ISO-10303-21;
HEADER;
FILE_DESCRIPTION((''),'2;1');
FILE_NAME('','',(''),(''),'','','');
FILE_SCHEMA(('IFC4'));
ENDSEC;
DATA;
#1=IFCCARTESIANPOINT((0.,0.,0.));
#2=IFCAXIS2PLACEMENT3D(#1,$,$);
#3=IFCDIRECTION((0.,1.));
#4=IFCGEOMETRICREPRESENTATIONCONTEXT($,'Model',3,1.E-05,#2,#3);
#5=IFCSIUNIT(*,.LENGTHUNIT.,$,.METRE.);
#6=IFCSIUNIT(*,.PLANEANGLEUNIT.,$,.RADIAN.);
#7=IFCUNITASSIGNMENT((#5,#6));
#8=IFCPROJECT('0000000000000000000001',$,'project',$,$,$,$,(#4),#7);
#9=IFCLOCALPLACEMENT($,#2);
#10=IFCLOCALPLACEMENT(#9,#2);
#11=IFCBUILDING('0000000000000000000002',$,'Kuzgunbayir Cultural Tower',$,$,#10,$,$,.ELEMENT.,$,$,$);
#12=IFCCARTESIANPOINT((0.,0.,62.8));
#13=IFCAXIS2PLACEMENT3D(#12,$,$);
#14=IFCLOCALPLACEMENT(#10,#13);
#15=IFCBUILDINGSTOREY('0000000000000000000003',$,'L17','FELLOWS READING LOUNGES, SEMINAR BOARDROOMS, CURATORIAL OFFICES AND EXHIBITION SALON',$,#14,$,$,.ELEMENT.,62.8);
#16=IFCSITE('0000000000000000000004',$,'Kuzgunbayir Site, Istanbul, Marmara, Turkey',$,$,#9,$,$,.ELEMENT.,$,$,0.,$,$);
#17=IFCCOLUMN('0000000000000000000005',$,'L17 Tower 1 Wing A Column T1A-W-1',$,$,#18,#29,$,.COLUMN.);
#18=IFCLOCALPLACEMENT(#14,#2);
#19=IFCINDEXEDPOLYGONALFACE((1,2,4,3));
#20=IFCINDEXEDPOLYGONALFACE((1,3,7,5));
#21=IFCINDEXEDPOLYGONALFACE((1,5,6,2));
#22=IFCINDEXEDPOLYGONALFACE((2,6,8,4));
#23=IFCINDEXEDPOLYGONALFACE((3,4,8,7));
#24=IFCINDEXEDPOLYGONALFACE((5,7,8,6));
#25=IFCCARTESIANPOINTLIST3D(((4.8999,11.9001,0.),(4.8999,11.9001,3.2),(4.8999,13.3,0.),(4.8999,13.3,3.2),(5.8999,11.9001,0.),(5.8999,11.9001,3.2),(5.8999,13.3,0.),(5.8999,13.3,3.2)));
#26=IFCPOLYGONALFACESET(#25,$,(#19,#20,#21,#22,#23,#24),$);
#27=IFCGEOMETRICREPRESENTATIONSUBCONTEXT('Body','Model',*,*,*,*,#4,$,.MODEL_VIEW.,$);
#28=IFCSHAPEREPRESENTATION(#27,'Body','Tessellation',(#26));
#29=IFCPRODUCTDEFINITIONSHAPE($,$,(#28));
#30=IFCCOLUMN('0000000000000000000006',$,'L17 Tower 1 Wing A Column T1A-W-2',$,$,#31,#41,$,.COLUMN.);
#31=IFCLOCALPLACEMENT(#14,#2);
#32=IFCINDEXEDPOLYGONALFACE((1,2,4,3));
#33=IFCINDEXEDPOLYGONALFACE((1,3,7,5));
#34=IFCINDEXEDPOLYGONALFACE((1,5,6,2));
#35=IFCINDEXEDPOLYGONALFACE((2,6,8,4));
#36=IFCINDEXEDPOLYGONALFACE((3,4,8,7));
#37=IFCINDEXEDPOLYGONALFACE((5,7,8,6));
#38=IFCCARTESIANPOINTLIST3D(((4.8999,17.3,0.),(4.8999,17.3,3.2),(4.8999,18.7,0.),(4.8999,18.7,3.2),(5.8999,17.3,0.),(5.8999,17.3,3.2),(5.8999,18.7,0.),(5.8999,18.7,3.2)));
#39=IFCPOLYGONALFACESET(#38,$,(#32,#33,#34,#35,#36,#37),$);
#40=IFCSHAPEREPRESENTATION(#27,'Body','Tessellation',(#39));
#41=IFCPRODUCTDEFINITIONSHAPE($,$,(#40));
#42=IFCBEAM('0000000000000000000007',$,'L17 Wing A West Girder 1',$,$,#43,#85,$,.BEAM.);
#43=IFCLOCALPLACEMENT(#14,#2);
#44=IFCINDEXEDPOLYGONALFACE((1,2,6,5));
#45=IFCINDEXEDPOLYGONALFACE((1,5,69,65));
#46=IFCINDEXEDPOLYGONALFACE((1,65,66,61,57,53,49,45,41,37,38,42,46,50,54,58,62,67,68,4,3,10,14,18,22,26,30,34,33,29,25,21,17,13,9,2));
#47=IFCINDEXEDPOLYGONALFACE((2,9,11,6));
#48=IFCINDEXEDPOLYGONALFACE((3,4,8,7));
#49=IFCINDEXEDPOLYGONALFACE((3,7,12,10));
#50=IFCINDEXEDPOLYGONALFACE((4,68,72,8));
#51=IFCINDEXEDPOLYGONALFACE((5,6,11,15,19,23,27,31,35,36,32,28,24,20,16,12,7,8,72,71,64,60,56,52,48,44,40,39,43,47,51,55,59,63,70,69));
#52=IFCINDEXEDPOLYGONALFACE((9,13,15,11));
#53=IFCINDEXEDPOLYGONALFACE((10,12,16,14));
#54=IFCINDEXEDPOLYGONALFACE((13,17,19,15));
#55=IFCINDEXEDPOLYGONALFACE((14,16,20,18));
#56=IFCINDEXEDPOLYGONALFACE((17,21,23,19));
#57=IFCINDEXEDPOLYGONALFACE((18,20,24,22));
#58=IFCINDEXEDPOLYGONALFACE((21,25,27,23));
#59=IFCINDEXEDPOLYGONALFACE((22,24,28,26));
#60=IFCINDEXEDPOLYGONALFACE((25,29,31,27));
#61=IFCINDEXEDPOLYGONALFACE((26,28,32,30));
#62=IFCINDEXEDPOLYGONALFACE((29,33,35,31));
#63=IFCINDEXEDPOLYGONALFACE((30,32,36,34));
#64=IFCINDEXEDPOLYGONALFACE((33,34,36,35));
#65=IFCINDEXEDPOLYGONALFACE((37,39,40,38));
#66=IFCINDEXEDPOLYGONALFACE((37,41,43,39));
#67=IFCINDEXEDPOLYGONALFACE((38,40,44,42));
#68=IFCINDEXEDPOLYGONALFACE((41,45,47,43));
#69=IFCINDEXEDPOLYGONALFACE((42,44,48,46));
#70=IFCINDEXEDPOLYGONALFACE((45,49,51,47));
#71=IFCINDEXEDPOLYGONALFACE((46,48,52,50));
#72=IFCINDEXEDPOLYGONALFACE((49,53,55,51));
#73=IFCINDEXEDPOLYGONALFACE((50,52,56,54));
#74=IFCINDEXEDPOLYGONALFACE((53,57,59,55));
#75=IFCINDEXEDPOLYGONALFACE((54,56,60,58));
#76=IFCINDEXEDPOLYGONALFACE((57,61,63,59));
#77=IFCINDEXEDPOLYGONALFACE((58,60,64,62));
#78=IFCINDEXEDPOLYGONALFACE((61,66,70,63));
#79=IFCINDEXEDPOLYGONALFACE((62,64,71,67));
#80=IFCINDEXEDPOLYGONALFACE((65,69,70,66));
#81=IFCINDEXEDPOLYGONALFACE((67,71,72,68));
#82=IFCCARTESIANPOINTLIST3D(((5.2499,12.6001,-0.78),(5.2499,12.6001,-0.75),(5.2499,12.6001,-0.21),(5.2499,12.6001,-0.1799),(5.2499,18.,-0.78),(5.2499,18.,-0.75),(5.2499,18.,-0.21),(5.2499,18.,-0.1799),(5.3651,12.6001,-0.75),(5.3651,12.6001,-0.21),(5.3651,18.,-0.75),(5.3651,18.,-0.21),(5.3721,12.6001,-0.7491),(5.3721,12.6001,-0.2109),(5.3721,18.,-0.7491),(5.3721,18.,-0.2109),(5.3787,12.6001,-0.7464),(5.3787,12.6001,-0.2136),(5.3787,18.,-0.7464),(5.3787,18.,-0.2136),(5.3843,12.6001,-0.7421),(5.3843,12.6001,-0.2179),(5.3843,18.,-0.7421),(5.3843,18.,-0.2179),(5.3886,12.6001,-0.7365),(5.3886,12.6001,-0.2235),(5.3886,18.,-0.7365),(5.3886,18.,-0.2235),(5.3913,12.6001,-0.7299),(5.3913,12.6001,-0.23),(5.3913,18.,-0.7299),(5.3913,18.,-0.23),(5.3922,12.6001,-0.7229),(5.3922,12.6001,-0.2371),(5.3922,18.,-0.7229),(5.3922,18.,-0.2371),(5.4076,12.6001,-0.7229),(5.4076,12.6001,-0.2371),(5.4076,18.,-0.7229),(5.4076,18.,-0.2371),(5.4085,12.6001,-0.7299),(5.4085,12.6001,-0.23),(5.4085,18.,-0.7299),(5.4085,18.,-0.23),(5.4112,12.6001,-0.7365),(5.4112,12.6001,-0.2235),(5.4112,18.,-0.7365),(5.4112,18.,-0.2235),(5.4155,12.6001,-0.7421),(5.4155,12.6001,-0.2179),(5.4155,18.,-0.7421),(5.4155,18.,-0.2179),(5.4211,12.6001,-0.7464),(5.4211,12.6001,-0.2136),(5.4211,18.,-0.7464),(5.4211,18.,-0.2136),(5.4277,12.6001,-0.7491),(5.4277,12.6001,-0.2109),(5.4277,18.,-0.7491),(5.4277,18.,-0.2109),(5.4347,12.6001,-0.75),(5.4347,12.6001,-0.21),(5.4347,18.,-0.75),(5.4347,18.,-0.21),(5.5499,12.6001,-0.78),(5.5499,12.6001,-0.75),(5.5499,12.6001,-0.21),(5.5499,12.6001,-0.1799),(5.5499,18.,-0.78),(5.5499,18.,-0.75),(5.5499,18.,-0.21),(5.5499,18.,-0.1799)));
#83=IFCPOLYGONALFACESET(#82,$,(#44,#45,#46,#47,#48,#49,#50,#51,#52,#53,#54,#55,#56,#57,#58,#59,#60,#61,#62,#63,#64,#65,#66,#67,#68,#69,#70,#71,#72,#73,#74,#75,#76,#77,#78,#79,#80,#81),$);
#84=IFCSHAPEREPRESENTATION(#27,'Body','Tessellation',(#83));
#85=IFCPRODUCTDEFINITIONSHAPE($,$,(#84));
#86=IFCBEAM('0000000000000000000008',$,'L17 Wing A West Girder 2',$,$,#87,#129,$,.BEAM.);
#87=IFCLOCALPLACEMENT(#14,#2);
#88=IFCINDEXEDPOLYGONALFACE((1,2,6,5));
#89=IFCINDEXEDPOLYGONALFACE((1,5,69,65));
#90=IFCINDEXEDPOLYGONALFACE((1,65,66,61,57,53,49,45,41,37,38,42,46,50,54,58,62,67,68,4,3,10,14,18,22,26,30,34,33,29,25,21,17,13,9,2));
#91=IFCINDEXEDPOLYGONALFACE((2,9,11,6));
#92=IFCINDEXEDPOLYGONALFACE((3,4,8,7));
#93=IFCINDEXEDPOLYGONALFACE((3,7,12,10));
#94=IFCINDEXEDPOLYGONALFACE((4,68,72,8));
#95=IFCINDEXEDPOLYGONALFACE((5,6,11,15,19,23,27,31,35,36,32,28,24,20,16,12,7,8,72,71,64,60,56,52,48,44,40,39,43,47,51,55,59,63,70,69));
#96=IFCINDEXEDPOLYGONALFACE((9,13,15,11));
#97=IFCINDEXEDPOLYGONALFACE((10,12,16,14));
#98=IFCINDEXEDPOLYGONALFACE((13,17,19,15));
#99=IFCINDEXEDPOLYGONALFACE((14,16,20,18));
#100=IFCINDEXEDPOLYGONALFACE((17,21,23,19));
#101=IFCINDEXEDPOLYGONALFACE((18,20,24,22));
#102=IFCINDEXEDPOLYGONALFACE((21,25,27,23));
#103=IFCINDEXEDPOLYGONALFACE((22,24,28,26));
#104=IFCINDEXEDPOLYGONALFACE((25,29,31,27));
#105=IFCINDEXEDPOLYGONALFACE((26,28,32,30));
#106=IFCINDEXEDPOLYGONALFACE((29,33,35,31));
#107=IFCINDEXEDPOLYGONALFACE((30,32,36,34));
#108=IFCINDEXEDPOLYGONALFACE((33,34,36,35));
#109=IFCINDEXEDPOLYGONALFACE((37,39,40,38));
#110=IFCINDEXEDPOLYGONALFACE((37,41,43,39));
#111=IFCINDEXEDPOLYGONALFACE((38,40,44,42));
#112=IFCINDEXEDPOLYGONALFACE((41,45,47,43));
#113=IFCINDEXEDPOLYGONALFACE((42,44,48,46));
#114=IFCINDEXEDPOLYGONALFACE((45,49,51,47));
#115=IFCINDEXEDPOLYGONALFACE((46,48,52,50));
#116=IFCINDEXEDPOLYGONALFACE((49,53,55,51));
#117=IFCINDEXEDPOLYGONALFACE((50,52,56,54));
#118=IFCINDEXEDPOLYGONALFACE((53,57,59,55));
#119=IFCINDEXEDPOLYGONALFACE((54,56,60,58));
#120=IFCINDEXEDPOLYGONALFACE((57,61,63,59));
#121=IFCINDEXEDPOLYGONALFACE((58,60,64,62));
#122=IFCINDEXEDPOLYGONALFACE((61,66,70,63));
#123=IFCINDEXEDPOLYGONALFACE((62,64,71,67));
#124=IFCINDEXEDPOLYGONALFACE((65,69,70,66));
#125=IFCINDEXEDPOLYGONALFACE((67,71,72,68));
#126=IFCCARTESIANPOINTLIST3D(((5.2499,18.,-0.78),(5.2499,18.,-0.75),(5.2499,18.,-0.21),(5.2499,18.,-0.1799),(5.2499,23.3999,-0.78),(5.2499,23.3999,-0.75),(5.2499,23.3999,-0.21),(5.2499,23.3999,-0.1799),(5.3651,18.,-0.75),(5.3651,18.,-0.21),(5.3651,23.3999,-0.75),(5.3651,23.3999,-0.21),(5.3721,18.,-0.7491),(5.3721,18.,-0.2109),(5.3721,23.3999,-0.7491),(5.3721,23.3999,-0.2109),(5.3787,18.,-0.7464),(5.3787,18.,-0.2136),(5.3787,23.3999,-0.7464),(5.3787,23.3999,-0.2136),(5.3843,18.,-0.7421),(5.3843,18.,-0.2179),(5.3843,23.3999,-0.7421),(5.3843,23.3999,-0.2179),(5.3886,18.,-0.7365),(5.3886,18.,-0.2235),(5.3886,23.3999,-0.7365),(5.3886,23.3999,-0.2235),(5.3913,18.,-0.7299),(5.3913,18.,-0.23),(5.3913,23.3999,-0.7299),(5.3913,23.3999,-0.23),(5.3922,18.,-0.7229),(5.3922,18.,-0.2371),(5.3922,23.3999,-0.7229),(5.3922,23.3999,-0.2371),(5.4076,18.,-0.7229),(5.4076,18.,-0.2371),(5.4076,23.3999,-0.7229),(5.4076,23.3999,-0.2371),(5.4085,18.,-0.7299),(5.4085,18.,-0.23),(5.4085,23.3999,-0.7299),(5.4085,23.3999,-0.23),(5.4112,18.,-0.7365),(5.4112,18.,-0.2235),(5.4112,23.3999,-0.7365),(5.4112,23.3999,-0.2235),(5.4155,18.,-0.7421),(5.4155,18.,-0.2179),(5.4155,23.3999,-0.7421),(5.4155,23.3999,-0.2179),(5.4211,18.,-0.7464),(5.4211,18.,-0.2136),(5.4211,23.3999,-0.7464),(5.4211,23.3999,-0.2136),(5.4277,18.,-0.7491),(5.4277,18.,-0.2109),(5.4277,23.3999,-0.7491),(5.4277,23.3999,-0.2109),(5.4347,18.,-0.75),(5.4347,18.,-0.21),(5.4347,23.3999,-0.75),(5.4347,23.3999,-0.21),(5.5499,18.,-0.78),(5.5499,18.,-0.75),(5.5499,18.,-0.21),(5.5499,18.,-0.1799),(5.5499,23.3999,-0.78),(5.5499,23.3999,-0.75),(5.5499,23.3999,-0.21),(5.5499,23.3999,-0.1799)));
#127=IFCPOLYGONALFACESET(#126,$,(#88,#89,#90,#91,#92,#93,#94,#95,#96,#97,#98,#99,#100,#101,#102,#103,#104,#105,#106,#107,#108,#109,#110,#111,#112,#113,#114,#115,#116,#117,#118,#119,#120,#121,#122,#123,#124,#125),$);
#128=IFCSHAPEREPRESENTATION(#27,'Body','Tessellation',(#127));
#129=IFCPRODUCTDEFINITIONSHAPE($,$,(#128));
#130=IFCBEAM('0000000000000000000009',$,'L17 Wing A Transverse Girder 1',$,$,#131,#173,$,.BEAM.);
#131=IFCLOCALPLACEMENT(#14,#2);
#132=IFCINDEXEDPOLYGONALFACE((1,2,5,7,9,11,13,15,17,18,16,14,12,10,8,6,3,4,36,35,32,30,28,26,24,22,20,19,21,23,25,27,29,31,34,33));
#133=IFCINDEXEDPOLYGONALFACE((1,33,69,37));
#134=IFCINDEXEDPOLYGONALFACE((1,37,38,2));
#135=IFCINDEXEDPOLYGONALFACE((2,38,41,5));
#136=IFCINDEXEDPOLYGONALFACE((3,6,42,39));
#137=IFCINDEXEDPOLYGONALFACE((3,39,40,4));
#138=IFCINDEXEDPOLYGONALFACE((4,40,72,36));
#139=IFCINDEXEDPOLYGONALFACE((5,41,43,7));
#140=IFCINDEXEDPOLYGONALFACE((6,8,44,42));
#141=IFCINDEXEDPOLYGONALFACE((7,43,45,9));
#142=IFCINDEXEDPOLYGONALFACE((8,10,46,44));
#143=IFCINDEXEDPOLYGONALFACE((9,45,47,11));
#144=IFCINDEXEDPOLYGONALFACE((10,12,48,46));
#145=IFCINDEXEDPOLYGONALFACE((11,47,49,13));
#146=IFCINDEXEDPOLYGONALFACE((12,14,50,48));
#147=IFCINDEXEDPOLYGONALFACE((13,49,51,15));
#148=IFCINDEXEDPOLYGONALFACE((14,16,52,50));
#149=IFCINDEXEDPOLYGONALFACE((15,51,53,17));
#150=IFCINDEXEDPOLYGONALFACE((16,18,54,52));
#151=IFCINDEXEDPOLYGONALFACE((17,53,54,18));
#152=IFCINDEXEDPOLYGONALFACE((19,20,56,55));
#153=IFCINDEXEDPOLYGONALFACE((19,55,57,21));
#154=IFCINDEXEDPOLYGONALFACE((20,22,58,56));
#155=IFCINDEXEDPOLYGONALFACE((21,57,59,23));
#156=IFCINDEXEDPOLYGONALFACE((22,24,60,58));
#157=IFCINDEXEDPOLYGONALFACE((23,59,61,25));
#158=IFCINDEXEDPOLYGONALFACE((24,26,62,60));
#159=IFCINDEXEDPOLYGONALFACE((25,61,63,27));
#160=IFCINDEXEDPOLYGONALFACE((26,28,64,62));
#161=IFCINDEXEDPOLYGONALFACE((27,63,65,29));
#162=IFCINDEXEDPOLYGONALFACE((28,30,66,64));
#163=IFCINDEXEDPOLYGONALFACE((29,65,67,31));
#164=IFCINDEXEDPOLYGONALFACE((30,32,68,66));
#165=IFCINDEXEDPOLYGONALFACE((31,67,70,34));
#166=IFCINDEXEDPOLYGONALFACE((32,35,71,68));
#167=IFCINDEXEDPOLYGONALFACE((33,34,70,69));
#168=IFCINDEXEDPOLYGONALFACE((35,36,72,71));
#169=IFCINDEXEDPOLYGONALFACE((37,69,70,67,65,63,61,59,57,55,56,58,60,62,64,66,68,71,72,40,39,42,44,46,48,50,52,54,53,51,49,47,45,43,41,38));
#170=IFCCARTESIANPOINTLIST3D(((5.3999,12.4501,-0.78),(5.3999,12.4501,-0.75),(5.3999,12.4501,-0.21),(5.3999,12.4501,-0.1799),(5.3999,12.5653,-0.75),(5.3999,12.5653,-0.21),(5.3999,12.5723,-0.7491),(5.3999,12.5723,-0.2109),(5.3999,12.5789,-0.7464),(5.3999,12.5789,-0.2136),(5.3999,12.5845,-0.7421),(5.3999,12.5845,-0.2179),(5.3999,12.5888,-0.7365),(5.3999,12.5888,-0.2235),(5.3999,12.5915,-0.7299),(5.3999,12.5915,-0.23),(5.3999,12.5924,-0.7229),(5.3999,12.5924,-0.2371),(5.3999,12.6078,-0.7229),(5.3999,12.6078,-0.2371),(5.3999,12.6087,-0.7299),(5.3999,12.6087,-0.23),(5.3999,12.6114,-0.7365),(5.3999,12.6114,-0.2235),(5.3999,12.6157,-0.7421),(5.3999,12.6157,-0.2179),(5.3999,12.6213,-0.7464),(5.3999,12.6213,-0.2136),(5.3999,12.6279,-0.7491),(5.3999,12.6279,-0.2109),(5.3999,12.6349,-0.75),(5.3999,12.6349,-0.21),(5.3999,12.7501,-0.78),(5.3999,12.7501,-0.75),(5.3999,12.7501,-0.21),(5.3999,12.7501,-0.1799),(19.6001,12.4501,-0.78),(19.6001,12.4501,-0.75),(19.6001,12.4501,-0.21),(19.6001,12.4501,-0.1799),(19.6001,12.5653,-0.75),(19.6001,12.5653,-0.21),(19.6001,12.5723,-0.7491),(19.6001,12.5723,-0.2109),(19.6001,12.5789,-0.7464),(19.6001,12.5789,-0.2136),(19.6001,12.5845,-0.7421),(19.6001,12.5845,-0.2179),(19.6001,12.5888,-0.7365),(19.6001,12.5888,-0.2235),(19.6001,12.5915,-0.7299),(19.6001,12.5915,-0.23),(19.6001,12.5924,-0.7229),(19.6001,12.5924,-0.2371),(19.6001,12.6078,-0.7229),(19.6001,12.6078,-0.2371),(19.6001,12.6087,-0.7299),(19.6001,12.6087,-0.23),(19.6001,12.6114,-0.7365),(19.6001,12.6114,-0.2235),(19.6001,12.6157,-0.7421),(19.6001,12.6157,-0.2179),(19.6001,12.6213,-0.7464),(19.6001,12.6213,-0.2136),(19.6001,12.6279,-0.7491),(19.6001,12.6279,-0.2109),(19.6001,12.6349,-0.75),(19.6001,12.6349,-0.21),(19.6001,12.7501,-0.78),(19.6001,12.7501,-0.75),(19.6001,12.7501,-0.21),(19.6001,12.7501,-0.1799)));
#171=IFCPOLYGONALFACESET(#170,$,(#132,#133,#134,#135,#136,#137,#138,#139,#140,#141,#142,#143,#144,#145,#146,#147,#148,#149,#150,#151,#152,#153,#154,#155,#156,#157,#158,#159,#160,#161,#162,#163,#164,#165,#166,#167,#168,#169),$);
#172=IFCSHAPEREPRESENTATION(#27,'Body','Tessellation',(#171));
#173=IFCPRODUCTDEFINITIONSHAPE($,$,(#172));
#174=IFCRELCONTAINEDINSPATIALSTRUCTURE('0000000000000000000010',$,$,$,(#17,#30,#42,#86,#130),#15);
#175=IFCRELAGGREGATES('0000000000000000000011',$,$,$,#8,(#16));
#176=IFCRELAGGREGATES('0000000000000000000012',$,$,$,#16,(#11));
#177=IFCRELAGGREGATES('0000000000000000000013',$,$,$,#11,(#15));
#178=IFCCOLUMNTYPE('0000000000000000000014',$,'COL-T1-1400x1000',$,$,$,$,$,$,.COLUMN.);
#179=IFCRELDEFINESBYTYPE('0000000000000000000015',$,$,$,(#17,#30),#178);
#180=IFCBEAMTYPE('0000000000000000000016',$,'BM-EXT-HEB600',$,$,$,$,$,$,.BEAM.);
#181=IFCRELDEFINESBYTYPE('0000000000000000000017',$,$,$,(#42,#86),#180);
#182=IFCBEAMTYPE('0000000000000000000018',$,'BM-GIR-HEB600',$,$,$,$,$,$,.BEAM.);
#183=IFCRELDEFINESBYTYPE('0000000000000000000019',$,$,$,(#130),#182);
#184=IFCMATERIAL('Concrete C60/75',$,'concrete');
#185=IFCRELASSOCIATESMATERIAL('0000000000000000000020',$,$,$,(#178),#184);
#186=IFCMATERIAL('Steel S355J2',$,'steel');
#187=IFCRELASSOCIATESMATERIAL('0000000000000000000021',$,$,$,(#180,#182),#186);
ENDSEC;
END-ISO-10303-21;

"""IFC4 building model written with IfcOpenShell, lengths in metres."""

from ifc_helpers import new_model, si_unit, direction, frame, origin, origin_2d, place, context, subcontext, project, spatial, rectangle, i_section, extrude, material, material_profile, profile_set, type_object, element, save


model = new_model("IFC4")

# Units and contexts
model_context = context("Model", 3, precision=1e-05, world=origin(), true_north=direction((0.0, 1.0)))
body_context = subcontext(model_context, "Body", "Model", "MODEL_VIEW")
ifc_project = project(units=[si_unit("LENGTHUNIT", "METRE"), si_unit("PLANEANGLEUNIT", "RADIAN")], contexts=[model_context])

# Site, building, storey
site_placement = place(None, origin())
site = spatial("IfcSite", under=ifc_project, at=site_placement, Name="Kuzgunbayir Site, Istanbul, Marmara, Turkey", CompositionType="ELEMENT", RefElevation=0.0)
building_placement = place(site_placement, origin())
building = spatial("IfcBuilding", under=site, at=building_placement, Name="Kuzgunbayir Cultural Tower", CompositionType="ELEMENT")
storey_placement = place(building_placement, frame((0.0, 0.0, 62.8)))
storey = spatial("IfcBuildingStorey", under=building, at=storey_placement, Name="L17", Description="FELLOWS READING LOUNGES, SEMINAR BOARDROOMS, CURATORIAL OFFICES AND EXHIBITION SALON", CompositionType="ELEMENT", Elevation=62.8)

# Columns
ifc_material_1 = material(Name="Concrete C60/75", Category="concrete")
ifc_material_profile_1 = material_profile(ifc_material_1, rectangle(XDim=1.0, YDim=1.3999, at=origin_2d()), Name="RC 1400x1000")
ifc_profile_set_1 = profile_set([ifc_material_profile_1], Name="Concrete C60/75")
column_type = type_object("IfcColumnType", Name="COL-T1-1400x1000", PredefinedType="COLUMN", material=ifc_profile_set_1)
for number, where, z_axis, x_axis, name in (
    (1, (5.3999, 12.6001, 0.0), (0.0, 0.0, 1.0), (1.0, 0.0, 0.0), "L17 Tower 1 Wing A Column T1A-W-1"),
    (2, (5.3999, 18.0, 0.0), (0.0, 0.0, 1.0), (1.0, 0.0, 0.0), "L17 Tower 1 Wing A Column T1A-W-2"),
):
    element("IfcColumn", number, at=place(storey_placement, frame(where, z_axis=z_axis, x_axis=x_axis)), inside=storey, type_object=column_type, Name=name, PredefinedType="COLUMN", context=body_context, shape_type="SweptSolid", body=[
        extrude(rectangle(XDim=1.0, YDim=1.3999, at=origin_2d()), origin(), (0.0, 0.0, 1.0), 3.2),
    ])

# Beams
ifc_material_2 = material(Name="Steel S355J2", Category="steel")
ifc_material_profile_2 = material_profile(ifc_material_2, i_section(OverallWidth=0.3, OverallDepth=0.6001, WebThickness=0.0154, FlangeThickness=0.03, FilletRadius=0.0271, at=origin_2d()), Name="HEB 600")
ifc_profile_set_2 = profile_set([ifc_material_profile_2], Name="Steel S355J2")
beam_type_1 = type_object("IfcBeamType", Name="BM-EXT-HEB600", PredefinedType="BEAM", material=ifc_profile_set_2)
for number, where, z_axis, x_axis, name in (
    (3, (5.3999, 12.6001, -0.48), (0.0, 1.0, 0.0), (-1.0, 0.0, 0.0), "L17 Wing A West Girder 1"),
    (4, (5.3999, 18.0, -0.48), (0.0, 1.0, 0.0), (-1.0, 0.0, 0.0), "L17 Wing A West Girder 2"),
):
    element("IfcBeam", number, at=place(storey_placement, frame(where, z_axis=z_axis, x_axis=x_axis)), inside=storey, type_object=beam_type_1, Name=name, PredefinedType="BEAM", context=body_context, shape_type="SweptSolid", body=[
        extrude(i_section(OverallWidth=0.3, OverallDepth=0.6001, WebThickness=0.0154, FlangeThickness=0.03, FilletRadius=0.0271, at=origin_2d()), origin(), (0.0, 0.0, 1.0), 5.3999),
    ])
ifc_material_profile_3 = material_profile(ifc_material_2, i_section(OverallWidth=0.3, OverallDepth=0.6001, WebThickness=0.0154, FlangeThickness=0.03, FilletRadius=0.0271, at=origin_2d()), Name="HEB 600")
ifc_profile_set_3 = profile_set([ifc_material_profile_3], Name="Steel S355J2")
beam_type_2 = type_object("IfcBeamType", Name="BM-GIR-HEB600", PredefinedType="BEAM", material=ifc_profile_set_3)
for number, where, z_axis, x_axis, name in (
    (5, (5.3999, 12.6001, -0.48), (1.0, 0.0, 0.0), (0.0, 1.0, 0.0), "L17 Wing A Transverse Girder 1"),
):
    element("IfcBeam", number, at=place(storey_placement, frame(where, z_axis=z_axis, x_axis=x_axis)), inside=storey, type_object=beam_type_2, Name=name, PredefinedType="BEAM", context=body_context, shape_type="SweptSolid", body=[
        extrude(i_section(OverallWidth=0.3, OverallDepth=0.6001, WebThickness=0.0154, FlangeThickness=0.03, FilletRadius=0.0271, at=origin_2d()), origin(), (0.0, 0.0, 1.0), 14.2002),
    ])

save(model, "model.ifc")
